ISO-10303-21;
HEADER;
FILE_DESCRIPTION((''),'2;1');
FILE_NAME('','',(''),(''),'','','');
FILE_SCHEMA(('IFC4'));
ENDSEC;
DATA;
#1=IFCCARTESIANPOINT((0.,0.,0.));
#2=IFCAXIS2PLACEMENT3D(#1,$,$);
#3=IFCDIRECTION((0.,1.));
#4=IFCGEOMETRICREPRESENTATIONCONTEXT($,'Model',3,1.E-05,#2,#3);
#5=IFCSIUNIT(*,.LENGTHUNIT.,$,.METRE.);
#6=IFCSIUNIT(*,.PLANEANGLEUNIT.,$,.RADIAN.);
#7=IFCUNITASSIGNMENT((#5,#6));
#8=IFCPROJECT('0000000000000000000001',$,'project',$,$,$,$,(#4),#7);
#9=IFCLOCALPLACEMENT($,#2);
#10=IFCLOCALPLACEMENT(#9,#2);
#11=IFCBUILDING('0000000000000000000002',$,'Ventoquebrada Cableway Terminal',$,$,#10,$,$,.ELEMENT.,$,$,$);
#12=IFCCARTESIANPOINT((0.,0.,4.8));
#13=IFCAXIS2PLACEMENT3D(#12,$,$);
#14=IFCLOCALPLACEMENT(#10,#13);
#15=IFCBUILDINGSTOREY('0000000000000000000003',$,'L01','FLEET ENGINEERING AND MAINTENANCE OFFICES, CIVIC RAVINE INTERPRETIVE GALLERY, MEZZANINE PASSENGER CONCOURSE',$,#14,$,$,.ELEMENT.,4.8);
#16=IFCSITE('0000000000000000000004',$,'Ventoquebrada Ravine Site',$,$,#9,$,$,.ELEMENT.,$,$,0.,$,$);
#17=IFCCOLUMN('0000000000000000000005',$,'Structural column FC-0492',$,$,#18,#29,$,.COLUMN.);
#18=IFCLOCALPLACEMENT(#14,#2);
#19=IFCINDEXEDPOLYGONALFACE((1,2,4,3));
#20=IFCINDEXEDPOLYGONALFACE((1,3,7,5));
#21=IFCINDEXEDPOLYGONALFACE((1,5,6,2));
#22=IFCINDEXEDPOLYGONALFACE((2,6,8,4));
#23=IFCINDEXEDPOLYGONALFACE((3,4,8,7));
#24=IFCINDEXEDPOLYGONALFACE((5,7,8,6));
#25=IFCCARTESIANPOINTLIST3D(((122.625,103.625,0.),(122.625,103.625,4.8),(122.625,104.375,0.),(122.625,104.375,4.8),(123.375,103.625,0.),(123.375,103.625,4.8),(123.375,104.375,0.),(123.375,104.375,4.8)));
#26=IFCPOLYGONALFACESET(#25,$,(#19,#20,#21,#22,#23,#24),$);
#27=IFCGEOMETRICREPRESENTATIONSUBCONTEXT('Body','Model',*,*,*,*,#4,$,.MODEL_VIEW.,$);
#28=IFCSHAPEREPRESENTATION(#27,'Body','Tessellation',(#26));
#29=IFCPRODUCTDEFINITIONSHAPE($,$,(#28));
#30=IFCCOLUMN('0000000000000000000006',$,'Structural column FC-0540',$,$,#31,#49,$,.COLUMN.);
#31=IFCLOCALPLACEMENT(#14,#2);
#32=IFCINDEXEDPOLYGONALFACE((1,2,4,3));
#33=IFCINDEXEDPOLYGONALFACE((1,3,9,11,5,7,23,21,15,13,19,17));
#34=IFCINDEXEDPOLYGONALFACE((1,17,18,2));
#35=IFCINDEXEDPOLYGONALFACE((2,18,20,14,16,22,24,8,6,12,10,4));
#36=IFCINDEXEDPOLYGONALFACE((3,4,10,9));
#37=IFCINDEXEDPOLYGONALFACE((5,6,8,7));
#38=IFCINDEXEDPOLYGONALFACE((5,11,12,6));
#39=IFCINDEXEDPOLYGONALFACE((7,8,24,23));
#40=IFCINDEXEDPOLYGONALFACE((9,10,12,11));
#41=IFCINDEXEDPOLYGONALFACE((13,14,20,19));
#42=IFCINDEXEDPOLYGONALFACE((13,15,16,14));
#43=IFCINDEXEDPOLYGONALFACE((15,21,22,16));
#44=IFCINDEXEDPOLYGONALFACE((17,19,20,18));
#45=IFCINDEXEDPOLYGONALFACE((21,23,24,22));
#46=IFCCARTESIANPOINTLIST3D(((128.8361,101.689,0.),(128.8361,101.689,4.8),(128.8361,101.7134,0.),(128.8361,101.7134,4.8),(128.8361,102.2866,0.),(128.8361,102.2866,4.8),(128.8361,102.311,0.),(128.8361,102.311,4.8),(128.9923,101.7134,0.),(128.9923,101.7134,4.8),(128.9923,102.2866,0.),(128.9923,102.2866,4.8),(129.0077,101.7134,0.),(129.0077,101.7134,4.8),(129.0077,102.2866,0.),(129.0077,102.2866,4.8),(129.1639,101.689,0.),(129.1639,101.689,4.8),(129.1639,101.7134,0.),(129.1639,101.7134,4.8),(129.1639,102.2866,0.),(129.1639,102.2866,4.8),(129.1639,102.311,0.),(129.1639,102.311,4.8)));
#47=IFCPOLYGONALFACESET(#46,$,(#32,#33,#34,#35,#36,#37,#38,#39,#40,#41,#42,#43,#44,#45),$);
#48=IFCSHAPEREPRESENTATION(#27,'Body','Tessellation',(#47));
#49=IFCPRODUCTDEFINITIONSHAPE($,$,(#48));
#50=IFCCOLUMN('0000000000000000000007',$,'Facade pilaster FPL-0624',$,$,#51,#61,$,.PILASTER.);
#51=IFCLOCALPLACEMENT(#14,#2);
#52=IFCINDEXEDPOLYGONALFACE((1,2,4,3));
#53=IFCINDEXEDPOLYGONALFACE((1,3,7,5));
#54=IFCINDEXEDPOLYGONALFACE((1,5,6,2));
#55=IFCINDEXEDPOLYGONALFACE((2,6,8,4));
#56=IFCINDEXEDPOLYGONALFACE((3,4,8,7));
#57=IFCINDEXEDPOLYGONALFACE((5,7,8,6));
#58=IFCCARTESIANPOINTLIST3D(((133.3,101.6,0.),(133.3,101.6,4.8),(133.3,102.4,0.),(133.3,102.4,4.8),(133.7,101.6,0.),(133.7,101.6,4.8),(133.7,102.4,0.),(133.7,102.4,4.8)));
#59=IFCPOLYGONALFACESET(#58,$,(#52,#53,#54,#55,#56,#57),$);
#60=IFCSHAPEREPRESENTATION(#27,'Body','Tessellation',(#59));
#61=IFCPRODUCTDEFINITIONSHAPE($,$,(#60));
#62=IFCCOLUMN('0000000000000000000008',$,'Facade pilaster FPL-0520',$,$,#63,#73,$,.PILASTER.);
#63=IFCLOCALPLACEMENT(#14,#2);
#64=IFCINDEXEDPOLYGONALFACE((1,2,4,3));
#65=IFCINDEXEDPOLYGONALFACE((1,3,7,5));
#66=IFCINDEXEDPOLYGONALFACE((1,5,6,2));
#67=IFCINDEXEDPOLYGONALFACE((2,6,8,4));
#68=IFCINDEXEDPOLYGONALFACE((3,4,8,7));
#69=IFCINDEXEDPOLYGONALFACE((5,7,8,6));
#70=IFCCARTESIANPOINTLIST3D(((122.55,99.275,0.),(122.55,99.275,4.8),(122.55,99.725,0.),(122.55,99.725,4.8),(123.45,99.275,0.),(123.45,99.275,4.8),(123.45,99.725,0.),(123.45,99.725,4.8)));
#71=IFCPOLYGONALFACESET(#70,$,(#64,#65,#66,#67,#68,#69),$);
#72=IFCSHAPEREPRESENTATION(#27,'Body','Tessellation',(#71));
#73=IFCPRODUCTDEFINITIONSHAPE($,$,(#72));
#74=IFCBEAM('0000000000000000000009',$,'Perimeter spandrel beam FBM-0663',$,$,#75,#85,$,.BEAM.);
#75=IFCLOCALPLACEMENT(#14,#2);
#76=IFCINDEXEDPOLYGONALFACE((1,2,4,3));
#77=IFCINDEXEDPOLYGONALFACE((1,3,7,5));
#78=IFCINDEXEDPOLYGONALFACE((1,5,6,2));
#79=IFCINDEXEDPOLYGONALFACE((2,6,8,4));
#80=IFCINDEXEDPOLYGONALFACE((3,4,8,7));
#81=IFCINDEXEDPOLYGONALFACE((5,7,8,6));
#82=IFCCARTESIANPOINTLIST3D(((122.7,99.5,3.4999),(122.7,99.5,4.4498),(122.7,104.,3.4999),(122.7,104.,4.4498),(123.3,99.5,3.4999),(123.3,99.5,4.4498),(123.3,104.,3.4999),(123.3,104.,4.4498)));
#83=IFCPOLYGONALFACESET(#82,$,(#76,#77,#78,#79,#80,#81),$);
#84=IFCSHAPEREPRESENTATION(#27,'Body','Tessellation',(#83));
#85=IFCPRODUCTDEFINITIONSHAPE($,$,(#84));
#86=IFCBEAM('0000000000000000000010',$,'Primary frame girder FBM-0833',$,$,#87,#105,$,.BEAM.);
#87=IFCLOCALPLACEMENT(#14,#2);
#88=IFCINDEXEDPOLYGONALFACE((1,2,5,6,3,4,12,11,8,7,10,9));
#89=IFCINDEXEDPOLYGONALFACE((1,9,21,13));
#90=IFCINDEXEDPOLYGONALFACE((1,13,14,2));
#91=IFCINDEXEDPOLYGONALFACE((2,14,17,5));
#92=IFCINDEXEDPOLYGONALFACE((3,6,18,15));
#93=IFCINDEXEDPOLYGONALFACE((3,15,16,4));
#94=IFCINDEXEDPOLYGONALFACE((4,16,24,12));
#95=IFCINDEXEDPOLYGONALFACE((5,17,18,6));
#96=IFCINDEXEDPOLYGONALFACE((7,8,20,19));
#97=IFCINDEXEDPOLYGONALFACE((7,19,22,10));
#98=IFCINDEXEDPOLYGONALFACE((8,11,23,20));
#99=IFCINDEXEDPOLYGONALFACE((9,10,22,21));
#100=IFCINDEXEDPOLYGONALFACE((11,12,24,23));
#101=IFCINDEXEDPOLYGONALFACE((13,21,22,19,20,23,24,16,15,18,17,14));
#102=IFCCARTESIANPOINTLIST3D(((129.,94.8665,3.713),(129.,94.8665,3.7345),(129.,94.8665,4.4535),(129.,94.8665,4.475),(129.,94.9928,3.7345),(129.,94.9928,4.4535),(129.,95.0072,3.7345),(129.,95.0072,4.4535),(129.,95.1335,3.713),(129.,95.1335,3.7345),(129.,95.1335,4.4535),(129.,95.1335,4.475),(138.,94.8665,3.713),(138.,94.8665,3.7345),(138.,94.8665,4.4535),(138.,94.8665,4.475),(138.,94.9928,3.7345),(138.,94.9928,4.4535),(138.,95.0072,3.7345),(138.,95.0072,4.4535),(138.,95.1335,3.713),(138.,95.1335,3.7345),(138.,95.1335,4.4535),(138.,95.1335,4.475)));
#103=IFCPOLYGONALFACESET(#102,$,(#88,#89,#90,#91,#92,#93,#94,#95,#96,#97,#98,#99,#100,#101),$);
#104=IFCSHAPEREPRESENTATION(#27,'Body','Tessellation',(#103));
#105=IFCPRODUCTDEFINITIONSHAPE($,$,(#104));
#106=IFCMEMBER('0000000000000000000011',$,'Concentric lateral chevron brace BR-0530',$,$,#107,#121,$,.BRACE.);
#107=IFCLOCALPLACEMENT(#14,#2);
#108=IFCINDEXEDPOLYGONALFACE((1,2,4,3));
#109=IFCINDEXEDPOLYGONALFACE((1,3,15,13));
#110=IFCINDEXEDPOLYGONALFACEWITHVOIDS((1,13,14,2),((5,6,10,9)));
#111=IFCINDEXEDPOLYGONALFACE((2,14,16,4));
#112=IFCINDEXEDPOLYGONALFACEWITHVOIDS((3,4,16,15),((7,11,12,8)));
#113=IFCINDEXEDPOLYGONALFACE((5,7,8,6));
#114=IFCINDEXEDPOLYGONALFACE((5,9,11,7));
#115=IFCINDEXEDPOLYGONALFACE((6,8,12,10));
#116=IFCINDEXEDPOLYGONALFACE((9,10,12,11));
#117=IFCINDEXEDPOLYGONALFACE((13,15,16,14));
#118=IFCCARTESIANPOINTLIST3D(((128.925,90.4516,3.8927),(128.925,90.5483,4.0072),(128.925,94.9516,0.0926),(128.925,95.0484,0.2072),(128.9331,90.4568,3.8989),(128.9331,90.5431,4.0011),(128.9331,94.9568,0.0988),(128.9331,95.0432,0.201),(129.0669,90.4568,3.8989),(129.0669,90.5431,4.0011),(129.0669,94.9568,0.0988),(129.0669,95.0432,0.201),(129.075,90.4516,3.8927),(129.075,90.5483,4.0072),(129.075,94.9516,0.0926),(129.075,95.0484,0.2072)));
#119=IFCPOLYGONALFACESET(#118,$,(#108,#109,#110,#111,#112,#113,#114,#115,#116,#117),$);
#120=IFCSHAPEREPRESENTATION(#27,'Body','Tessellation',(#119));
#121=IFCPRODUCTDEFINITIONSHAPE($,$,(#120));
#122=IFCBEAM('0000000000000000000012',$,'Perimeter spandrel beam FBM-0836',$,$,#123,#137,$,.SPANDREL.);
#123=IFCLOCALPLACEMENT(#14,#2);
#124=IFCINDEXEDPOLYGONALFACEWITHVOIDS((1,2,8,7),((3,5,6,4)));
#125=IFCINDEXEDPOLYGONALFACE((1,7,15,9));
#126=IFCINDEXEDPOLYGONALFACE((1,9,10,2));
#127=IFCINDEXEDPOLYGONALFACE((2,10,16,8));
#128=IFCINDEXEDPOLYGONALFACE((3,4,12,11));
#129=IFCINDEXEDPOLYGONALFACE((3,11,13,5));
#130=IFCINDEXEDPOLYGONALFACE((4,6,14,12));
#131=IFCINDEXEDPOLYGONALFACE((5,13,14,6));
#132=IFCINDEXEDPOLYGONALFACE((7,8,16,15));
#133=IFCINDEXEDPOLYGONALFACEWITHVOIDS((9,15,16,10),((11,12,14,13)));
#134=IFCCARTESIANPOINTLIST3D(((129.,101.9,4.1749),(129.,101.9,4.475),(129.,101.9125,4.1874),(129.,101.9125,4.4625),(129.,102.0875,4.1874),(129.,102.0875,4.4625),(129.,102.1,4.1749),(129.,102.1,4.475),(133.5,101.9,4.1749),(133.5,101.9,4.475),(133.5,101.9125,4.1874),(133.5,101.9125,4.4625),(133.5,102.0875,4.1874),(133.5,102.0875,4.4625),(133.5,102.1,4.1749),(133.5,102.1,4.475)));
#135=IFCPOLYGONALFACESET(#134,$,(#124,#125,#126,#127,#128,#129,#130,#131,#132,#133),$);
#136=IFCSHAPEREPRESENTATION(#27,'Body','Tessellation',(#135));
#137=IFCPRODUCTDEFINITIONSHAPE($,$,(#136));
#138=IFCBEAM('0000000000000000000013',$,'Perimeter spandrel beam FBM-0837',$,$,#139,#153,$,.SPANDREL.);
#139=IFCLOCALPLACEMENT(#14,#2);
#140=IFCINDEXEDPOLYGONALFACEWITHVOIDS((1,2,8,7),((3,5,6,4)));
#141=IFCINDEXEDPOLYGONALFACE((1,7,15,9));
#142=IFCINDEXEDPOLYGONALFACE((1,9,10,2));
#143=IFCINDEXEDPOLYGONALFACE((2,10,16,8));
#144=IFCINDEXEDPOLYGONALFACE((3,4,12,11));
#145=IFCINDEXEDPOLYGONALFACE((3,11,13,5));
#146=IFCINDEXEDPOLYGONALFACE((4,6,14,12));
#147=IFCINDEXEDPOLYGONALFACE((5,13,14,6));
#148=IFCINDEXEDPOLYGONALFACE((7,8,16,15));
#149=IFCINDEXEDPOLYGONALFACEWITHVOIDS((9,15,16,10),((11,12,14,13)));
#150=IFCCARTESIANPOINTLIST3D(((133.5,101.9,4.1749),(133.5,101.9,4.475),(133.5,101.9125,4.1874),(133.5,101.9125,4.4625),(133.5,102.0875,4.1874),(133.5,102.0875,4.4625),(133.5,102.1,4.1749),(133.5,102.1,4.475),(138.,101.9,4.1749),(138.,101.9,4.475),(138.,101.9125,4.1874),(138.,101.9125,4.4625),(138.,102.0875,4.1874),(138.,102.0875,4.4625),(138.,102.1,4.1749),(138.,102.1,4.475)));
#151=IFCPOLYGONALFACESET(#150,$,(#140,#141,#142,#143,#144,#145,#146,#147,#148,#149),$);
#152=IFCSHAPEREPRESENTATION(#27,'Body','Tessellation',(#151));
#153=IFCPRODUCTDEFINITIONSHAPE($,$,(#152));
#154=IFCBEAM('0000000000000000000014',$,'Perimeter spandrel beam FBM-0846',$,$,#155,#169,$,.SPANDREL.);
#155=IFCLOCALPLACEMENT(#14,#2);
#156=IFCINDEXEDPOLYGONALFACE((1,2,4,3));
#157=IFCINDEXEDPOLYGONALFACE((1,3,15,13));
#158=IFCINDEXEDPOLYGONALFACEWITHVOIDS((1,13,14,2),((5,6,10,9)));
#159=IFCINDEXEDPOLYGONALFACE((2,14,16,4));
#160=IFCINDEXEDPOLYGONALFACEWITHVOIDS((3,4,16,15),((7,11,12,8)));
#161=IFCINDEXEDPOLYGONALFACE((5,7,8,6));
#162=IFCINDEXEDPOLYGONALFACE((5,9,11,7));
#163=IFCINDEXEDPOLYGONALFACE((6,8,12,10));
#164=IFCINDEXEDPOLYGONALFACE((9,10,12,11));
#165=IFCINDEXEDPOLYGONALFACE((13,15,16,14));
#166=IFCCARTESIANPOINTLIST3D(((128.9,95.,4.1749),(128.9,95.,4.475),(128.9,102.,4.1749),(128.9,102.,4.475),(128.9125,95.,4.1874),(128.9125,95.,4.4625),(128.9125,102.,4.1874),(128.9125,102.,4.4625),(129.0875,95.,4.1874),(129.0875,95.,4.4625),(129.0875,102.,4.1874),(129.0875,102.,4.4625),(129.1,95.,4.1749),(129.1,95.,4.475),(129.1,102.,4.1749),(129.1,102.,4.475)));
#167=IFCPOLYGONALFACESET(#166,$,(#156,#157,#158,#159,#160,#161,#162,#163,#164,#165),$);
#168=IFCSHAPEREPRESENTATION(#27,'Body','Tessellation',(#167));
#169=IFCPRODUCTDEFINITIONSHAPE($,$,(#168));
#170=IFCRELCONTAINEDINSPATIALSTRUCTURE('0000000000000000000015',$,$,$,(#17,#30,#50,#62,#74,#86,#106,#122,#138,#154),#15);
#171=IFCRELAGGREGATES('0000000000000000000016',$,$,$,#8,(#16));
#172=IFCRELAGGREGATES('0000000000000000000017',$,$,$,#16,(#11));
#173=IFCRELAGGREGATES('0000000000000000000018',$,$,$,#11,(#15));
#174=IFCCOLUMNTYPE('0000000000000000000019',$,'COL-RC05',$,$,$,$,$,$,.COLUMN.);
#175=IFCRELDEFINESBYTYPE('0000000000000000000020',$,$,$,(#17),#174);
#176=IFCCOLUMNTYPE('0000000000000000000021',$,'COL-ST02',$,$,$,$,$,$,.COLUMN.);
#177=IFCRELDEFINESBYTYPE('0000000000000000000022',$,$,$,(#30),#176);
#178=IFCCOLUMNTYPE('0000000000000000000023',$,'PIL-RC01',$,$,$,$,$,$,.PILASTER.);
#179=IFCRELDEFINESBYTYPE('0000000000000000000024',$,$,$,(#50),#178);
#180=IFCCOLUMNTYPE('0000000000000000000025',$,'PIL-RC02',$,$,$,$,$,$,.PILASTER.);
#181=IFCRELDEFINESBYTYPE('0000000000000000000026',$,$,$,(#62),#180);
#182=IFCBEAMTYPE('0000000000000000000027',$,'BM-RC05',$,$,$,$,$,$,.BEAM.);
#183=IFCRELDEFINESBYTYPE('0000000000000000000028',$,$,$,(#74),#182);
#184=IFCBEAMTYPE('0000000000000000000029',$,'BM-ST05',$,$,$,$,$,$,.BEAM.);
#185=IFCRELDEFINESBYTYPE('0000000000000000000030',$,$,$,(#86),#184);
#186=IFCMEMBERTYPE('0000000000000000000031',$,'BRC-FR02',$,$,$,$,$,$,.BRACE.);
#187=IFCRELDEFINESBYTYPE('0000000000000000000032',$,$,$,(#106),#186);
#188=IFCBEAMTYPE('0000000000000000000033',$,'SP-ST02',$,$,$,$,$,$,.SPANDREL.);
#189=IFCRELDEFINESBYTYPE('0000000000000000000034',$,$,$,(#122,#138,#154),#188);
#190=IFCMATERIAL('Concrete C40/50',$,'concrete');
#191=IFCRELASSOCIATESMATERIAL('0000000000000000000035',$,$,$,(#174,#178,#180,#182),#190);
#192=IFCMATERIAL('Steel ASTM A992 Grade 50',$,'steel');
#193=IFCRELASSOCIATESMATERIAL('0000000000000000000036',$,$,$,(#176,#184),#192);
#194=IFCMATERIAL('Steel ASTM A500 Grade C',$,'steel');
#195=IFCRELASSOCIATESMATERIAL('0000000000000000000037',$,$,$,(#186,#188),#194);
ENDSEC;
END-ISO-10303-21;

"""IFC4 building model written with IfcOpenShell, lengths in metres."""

from ifc_helpers import new_model, si_unit, direction, frame, origin, origin_2d, place, context, subcontext, project, spatial, rectangle, hollow_rectangle, i_section, extrude, material, material_profile, profile_set, type_object, element, save


model = new_model("IFC4")

# Units and contexts
model_context = context("Model", 3, precision=1e-05, world=origin(), true_north=direction((0.0, 1.0)))
body_context = subcontext(model_context, "Body", "Model", "MODEL_VIEW")
ifc_project = project(units=[si_unit("LENGTHUNIT", "METRE"), si_unit("PLANEANGLEUNIT", "RADIAN")], contexts=[model_context])

# Site, building, storey
site_placement = place(None, origin())
site = spatial("IfcSite", under=ifc_project, at=site_placement, Name="Ventoquebrada Ravine Site", CompositionType="ELEMENT", RefElevation=0.0)
building_placement = place(site_placement, origin())
building = spatial("IfcBuilding", under=site, at=building_placement, Name="Ventoquebrada Cableway Terminal", CompositionType="ELEMENT")
storey_placement = place(building_placement, frame((0.0, 0.0, 4.8)))
storey = spatial("IfcBuildingStorey", under=building, at=storey_placement, Name="L01", Description="FLEET ENGINEERING AND MAINTENANCE OFFICES, CIVIC RAVINE INTERPRETIVE GALLERY, MEZZANINE PASSENGER CONCOURSE", CompositionType="ELEMENT", Elevation=4.8)

# Columns
ifc_material_1 = material(Name="Concrete C40/50", Category="concrete")
ifc_material_profile_1 = material_profile(ifc_material_1, rectangle(XDim=0.75, YDim=0.75, at=origin_2d()), Name="RC-COL-750X750")
ifc_profile_set_1 = profile_set([ifc_material_profile_1], Name="Concrete C40/50")
column_type_1 = type_object("IfcColumnType", Name="COL-RC05", PredefinedType="COLUMN", material=ifc_profile_set_1)
column_1_placement = place(storey_placement, frame((123.0, 104.0, 0.0), z_axis=(0.0, 0.0, 1.0), x_axis=(1.0, 0.0, 0.0)))
element("IfcColumn", 1, at=column_1_placement, inside=storey, type_object=column_type_1, Name="Structural column FC-0492", PredefinedType="COLUMN", context=body_context, shape_type="SweptSolid", body=[
    extrude(rectangle(XDim=0.75, YDim=0.75, at=origin_2d()), origin(), (0.0, 0.0, 1.0), 4.8),
])
ifc_material_2 = material(Name="Steel ASTM A992 Grade 50", Category="steel")
ifc_material_profile_2 = material_profile(ifc_material_2, i_section(OverallWidth=0.3279, OverallDepth=0.6221, WebThickness=0.0154, FlangeThickness=0.0244, at=origin_2d()), Name="W24X131")
ifc_profile_set_2 = profile_set([ifc_material_profile_2], Name="Steel ASTM A992 Grade 50")
column_type_2 = type_object("IfcColumnType", Name="COL-ST02", PredefinedType="COLUMN", material=ifc_profile_set_2)
column_2_placement = place(storey_placement, frame((129.0, 102.0, 0.0), z_axis=(0.0, 0.0, 1.0), x_axis=(1.0, 0.0, 0.0)))
element("IfcColumn", 2, at=column_2_placement, inside=storey, type_object=column_type_2, Name="Structural column FC-0540", PredefinedType="COLUMN", context=body_context, shape_type="SweptSolid", body=[
    extrude(i_section(OverallWidth=0.3279, OverallDepth=0.6221, WebThickness=0.0154, FlangeThickness=0.0244, at=origin_2d()), origin(), (0.0, 0.0, 1.0), 4.8),
])
ifc_material_profile_3 = material_profile(ifc_material_1, rectangle(XDim=0.3999, YDim=0.8, at=origin_2d()), Name="RC-PIL-400X800")
ifc_profile_set_3 = profile_set([ifc_material_profile_3], Name="Concrete C40/50")
column_type_3 = type_object("IfcColumnType", Name="PIL-RC01", PredefinedType="PILASTER", material=ifc_profile_set_3)
column_3_placement = place(storey_placement, frame((133.5, 102.0, 0.0), z_axis=(0.0, 0.0, 1.0), x_axis=(1.0, 0.0, 0.0)))
element("IfcColumn", 3, at=column_3_placement, inside=storey, type_object=column_type_3, Name="Facade pilaster FPL-0624", PredefinedType="PILASTER", context=body_context, shape_type="SweptSolid", body=[
    extrude(rectangle(XDim=0.3999, YDim=0.8, at=origin_2d()), origin(), (0.0, 0.0, 1.0), 4.8),
])
ifc_material_profile_4 = material_profile(ifc_material_1, rectangle(XDim=0.45, YDim=0.8999, at=origin_2d()), Name="RC-PIL-450X900")
ifc_profile_set_4 = profile_set([ifc_material_profile_4], Name="Concrete C40/50")
column_type_4 = type_object("IfcColumnType", Name="PIL-RC02", PredefinedType="PILASTER", material=ifc_profile_set_4)
column_4_placement = place(storey_placement, frame((123.0, 99.5, 0.0), z_axis=(0.0, 0.0, 1.0), x_axis=(0.0, 1.0, 0.0)))
element("IfcColumn", 4, at=column_4_placement, inside=storey, type_object=column_type_4, Name="Facade pilaster FPL-0520", PredefinedType="PILASTER", context=body_context, shape_type="SweptSolid", body=[
    extrude(rectangle(XDim=0.45, YDim=0.8999, at=origin_2d()), origin(), (0.0, 0.0, 1.0), 4.8),
])

# Beams
ifc_material_profile_5 = material_profile(ifc_material_1, rectangle(XDim=0.6001, YDim=0.95, at=origin_2d()), Name="RC-BM-600X950")
ifc_profile_set_5 = profile_set([ifc_material_profile_5], Name="Concrete C40/50")
beam_type_1 = type_object("IfcBeamType", Name="BM-RC05", PredefinedType="BEAM", material=ifc_profile_set_5)
beam_1_placement = place(storey_placement, frame((123.0, 99.5, 3.9749), z_axis=(0.0, 1.0, 0.0), x_axis=(-1.0, 0.0, 0.0)))
element("IfcBeam", 5, at=beam_1_placement, inside=storey, type_object=beam_type_1, Name="Perimeter spandrel beam FBM-0663", PredefinedType="BEAM", context=body_context, shape_type="SweptSolid", body=[
    extrude(rectangle(XDim=0.6001, YDim=0.95, at=origin_2d()), origin(), (0.0, 0.0, 1.0), 4.5),
])
ifc_material_profile_6 = material_profile(ifc_material_2, i_section(OverallWidth=0.2671, OverallDepth=0.762, WebThickness=0.0144, FlangeThickness=0.0215, at=origin_2d()), Name="W30X116")
ifc_profile_set_6 = profile_set([ifc_material_profile_6], Name="Steel ASTM A992 Grade 50")
beam_type_2 = type_object("IfcBeamType", Name="BM-ST05", PredefinedType="BEAM", material=ifc_profile_set_6)
beam_2_placement = place(storey_placement, frame((129.0, 95.0, 4.094), z_axis=(1.0, 0.0, 0.0), x_axis=(0.0, 1.0, 0.0)))
element("IfcBeam", 6, at=beam_2_placement, inside=storey, type_object=beam_type_2, Name="Primary frame girder FBM-0833", PredefinedType="BEAM", context=body_context, shape_type="SweptSolid", body=[
    extrude(i_section(OverallWidth=0.2671, OverallDepth=0.762, WebThickness=0.0144, FlangeThickness=0.0215, at=origin_2d()), origin(), (0.0, 0.0, 1.0), 9.0),
])

# Member
ifc_material_3 = material(Name="Steel ASTM A500 Grade C", Category="steel")
ifc_material_profile_7 = material_profile(ifc_material_3, hollow_rectangle(XDim=0.1499, YDim=0.1499, WallThickness=0.0081, at=origin_2d()), Name="HSS150X150X8")
ifc_profile_set_7 = profile_set([ifc_material_profile_7], Name="Steel ASTM A500 Grade C")
member_type = type_object("IfcMemberType", Name="BRC-FR02", PredefinedType="BRACE", material=ifc_profile_set_7)
member_placement = place(storey_placement, frame((129.0, 95.0, 0.1499), z_axis=(0.0, -0.764026, 0.645186), x_axis=(1.0, 0.0, 0.0)))
element("IfcMember", 7, at=member_placement, inside=storey, type_object=member_type, Name="Concentric lateral chevron brace BR-0530", PredefinedType="BRACE", context=body_context, shape_type="SweptSolid", body=[
    extrude(hollow_rectangle(XDim=0.1499, YDim=0.1499, WallThickness=0.0081, at=origin_2d()), origin(), (0.0, 0.0, 1.0), 5.8899),
])

# Beams
ifc_material_profile_8 = material_profile(ifc_material_3, hollow_rectangle(XDim=0.2, YDim=0.3, WallThickness=0.0125, at=origin_2d()), Name="RHS300X200X12.5")
ifc_profile_set_8 = profile_set([ifc_material_profile_8], Name="Steel ASTM A500 Grade C")
beam_type_3 = type_object("IfcBeamType", Name="SP-ST02", PredefinedType="SPANDREL", material=ifc_profile_set_8)
for number, where, z_axis, x_axis, name in (
    (8, (129.0, 102.0, 4.325), (1.0, 0.0, 0.0), (0.0, 1.0, 0.0), "Perimeter spandrel beam FBM-0836"),
    (9, (133.5, 102.0, 4.325), (1.0, 0.0, 0.0), (0.0, 1.0, 0.0), "Perimeter spandrel beam FBM-0837"),
):
    element("IfcBeam", number, at=place(storey_placement, frame(where, z_axis=z_axis, x_axis=x_axis)), inside=storey, type_object=beam_type_3, Name=name, PredefinedType="SPANDREL", context=body_context, shape_type="SweptSolid", body=[
        extrude(hollow_rectangle(XDim=0.2, YDim=0.3, WallThickness=0.0125, at=origin_2d()), origin(), (0.0, 0.0, 1.0), 4.5),
    ])
beam_3_placement = place(storey_placement, frame((129.0, 95.0, 4.325), z_axis=(0.0, 1.0, 0.0), x_axis=(-1.0, 0.0, 0.0)))
element("IfcBeam", 10, at=beam_3_placement, inside=storey, type_object=beam_type_3, Name="Perimeter spandrel beam FBM-0846", PredefinedType="SPANDREL", context=body_context, shape_type="SweptSolid", body=[
    extrude(hollow_rectangle(XDim=0.2, YDim=0.3, WallThickness=0.0125, at=origin_2d()), origin(), (0.0, 0.0, 1.0), 7.0),
])

save(model, "model.ifc")
